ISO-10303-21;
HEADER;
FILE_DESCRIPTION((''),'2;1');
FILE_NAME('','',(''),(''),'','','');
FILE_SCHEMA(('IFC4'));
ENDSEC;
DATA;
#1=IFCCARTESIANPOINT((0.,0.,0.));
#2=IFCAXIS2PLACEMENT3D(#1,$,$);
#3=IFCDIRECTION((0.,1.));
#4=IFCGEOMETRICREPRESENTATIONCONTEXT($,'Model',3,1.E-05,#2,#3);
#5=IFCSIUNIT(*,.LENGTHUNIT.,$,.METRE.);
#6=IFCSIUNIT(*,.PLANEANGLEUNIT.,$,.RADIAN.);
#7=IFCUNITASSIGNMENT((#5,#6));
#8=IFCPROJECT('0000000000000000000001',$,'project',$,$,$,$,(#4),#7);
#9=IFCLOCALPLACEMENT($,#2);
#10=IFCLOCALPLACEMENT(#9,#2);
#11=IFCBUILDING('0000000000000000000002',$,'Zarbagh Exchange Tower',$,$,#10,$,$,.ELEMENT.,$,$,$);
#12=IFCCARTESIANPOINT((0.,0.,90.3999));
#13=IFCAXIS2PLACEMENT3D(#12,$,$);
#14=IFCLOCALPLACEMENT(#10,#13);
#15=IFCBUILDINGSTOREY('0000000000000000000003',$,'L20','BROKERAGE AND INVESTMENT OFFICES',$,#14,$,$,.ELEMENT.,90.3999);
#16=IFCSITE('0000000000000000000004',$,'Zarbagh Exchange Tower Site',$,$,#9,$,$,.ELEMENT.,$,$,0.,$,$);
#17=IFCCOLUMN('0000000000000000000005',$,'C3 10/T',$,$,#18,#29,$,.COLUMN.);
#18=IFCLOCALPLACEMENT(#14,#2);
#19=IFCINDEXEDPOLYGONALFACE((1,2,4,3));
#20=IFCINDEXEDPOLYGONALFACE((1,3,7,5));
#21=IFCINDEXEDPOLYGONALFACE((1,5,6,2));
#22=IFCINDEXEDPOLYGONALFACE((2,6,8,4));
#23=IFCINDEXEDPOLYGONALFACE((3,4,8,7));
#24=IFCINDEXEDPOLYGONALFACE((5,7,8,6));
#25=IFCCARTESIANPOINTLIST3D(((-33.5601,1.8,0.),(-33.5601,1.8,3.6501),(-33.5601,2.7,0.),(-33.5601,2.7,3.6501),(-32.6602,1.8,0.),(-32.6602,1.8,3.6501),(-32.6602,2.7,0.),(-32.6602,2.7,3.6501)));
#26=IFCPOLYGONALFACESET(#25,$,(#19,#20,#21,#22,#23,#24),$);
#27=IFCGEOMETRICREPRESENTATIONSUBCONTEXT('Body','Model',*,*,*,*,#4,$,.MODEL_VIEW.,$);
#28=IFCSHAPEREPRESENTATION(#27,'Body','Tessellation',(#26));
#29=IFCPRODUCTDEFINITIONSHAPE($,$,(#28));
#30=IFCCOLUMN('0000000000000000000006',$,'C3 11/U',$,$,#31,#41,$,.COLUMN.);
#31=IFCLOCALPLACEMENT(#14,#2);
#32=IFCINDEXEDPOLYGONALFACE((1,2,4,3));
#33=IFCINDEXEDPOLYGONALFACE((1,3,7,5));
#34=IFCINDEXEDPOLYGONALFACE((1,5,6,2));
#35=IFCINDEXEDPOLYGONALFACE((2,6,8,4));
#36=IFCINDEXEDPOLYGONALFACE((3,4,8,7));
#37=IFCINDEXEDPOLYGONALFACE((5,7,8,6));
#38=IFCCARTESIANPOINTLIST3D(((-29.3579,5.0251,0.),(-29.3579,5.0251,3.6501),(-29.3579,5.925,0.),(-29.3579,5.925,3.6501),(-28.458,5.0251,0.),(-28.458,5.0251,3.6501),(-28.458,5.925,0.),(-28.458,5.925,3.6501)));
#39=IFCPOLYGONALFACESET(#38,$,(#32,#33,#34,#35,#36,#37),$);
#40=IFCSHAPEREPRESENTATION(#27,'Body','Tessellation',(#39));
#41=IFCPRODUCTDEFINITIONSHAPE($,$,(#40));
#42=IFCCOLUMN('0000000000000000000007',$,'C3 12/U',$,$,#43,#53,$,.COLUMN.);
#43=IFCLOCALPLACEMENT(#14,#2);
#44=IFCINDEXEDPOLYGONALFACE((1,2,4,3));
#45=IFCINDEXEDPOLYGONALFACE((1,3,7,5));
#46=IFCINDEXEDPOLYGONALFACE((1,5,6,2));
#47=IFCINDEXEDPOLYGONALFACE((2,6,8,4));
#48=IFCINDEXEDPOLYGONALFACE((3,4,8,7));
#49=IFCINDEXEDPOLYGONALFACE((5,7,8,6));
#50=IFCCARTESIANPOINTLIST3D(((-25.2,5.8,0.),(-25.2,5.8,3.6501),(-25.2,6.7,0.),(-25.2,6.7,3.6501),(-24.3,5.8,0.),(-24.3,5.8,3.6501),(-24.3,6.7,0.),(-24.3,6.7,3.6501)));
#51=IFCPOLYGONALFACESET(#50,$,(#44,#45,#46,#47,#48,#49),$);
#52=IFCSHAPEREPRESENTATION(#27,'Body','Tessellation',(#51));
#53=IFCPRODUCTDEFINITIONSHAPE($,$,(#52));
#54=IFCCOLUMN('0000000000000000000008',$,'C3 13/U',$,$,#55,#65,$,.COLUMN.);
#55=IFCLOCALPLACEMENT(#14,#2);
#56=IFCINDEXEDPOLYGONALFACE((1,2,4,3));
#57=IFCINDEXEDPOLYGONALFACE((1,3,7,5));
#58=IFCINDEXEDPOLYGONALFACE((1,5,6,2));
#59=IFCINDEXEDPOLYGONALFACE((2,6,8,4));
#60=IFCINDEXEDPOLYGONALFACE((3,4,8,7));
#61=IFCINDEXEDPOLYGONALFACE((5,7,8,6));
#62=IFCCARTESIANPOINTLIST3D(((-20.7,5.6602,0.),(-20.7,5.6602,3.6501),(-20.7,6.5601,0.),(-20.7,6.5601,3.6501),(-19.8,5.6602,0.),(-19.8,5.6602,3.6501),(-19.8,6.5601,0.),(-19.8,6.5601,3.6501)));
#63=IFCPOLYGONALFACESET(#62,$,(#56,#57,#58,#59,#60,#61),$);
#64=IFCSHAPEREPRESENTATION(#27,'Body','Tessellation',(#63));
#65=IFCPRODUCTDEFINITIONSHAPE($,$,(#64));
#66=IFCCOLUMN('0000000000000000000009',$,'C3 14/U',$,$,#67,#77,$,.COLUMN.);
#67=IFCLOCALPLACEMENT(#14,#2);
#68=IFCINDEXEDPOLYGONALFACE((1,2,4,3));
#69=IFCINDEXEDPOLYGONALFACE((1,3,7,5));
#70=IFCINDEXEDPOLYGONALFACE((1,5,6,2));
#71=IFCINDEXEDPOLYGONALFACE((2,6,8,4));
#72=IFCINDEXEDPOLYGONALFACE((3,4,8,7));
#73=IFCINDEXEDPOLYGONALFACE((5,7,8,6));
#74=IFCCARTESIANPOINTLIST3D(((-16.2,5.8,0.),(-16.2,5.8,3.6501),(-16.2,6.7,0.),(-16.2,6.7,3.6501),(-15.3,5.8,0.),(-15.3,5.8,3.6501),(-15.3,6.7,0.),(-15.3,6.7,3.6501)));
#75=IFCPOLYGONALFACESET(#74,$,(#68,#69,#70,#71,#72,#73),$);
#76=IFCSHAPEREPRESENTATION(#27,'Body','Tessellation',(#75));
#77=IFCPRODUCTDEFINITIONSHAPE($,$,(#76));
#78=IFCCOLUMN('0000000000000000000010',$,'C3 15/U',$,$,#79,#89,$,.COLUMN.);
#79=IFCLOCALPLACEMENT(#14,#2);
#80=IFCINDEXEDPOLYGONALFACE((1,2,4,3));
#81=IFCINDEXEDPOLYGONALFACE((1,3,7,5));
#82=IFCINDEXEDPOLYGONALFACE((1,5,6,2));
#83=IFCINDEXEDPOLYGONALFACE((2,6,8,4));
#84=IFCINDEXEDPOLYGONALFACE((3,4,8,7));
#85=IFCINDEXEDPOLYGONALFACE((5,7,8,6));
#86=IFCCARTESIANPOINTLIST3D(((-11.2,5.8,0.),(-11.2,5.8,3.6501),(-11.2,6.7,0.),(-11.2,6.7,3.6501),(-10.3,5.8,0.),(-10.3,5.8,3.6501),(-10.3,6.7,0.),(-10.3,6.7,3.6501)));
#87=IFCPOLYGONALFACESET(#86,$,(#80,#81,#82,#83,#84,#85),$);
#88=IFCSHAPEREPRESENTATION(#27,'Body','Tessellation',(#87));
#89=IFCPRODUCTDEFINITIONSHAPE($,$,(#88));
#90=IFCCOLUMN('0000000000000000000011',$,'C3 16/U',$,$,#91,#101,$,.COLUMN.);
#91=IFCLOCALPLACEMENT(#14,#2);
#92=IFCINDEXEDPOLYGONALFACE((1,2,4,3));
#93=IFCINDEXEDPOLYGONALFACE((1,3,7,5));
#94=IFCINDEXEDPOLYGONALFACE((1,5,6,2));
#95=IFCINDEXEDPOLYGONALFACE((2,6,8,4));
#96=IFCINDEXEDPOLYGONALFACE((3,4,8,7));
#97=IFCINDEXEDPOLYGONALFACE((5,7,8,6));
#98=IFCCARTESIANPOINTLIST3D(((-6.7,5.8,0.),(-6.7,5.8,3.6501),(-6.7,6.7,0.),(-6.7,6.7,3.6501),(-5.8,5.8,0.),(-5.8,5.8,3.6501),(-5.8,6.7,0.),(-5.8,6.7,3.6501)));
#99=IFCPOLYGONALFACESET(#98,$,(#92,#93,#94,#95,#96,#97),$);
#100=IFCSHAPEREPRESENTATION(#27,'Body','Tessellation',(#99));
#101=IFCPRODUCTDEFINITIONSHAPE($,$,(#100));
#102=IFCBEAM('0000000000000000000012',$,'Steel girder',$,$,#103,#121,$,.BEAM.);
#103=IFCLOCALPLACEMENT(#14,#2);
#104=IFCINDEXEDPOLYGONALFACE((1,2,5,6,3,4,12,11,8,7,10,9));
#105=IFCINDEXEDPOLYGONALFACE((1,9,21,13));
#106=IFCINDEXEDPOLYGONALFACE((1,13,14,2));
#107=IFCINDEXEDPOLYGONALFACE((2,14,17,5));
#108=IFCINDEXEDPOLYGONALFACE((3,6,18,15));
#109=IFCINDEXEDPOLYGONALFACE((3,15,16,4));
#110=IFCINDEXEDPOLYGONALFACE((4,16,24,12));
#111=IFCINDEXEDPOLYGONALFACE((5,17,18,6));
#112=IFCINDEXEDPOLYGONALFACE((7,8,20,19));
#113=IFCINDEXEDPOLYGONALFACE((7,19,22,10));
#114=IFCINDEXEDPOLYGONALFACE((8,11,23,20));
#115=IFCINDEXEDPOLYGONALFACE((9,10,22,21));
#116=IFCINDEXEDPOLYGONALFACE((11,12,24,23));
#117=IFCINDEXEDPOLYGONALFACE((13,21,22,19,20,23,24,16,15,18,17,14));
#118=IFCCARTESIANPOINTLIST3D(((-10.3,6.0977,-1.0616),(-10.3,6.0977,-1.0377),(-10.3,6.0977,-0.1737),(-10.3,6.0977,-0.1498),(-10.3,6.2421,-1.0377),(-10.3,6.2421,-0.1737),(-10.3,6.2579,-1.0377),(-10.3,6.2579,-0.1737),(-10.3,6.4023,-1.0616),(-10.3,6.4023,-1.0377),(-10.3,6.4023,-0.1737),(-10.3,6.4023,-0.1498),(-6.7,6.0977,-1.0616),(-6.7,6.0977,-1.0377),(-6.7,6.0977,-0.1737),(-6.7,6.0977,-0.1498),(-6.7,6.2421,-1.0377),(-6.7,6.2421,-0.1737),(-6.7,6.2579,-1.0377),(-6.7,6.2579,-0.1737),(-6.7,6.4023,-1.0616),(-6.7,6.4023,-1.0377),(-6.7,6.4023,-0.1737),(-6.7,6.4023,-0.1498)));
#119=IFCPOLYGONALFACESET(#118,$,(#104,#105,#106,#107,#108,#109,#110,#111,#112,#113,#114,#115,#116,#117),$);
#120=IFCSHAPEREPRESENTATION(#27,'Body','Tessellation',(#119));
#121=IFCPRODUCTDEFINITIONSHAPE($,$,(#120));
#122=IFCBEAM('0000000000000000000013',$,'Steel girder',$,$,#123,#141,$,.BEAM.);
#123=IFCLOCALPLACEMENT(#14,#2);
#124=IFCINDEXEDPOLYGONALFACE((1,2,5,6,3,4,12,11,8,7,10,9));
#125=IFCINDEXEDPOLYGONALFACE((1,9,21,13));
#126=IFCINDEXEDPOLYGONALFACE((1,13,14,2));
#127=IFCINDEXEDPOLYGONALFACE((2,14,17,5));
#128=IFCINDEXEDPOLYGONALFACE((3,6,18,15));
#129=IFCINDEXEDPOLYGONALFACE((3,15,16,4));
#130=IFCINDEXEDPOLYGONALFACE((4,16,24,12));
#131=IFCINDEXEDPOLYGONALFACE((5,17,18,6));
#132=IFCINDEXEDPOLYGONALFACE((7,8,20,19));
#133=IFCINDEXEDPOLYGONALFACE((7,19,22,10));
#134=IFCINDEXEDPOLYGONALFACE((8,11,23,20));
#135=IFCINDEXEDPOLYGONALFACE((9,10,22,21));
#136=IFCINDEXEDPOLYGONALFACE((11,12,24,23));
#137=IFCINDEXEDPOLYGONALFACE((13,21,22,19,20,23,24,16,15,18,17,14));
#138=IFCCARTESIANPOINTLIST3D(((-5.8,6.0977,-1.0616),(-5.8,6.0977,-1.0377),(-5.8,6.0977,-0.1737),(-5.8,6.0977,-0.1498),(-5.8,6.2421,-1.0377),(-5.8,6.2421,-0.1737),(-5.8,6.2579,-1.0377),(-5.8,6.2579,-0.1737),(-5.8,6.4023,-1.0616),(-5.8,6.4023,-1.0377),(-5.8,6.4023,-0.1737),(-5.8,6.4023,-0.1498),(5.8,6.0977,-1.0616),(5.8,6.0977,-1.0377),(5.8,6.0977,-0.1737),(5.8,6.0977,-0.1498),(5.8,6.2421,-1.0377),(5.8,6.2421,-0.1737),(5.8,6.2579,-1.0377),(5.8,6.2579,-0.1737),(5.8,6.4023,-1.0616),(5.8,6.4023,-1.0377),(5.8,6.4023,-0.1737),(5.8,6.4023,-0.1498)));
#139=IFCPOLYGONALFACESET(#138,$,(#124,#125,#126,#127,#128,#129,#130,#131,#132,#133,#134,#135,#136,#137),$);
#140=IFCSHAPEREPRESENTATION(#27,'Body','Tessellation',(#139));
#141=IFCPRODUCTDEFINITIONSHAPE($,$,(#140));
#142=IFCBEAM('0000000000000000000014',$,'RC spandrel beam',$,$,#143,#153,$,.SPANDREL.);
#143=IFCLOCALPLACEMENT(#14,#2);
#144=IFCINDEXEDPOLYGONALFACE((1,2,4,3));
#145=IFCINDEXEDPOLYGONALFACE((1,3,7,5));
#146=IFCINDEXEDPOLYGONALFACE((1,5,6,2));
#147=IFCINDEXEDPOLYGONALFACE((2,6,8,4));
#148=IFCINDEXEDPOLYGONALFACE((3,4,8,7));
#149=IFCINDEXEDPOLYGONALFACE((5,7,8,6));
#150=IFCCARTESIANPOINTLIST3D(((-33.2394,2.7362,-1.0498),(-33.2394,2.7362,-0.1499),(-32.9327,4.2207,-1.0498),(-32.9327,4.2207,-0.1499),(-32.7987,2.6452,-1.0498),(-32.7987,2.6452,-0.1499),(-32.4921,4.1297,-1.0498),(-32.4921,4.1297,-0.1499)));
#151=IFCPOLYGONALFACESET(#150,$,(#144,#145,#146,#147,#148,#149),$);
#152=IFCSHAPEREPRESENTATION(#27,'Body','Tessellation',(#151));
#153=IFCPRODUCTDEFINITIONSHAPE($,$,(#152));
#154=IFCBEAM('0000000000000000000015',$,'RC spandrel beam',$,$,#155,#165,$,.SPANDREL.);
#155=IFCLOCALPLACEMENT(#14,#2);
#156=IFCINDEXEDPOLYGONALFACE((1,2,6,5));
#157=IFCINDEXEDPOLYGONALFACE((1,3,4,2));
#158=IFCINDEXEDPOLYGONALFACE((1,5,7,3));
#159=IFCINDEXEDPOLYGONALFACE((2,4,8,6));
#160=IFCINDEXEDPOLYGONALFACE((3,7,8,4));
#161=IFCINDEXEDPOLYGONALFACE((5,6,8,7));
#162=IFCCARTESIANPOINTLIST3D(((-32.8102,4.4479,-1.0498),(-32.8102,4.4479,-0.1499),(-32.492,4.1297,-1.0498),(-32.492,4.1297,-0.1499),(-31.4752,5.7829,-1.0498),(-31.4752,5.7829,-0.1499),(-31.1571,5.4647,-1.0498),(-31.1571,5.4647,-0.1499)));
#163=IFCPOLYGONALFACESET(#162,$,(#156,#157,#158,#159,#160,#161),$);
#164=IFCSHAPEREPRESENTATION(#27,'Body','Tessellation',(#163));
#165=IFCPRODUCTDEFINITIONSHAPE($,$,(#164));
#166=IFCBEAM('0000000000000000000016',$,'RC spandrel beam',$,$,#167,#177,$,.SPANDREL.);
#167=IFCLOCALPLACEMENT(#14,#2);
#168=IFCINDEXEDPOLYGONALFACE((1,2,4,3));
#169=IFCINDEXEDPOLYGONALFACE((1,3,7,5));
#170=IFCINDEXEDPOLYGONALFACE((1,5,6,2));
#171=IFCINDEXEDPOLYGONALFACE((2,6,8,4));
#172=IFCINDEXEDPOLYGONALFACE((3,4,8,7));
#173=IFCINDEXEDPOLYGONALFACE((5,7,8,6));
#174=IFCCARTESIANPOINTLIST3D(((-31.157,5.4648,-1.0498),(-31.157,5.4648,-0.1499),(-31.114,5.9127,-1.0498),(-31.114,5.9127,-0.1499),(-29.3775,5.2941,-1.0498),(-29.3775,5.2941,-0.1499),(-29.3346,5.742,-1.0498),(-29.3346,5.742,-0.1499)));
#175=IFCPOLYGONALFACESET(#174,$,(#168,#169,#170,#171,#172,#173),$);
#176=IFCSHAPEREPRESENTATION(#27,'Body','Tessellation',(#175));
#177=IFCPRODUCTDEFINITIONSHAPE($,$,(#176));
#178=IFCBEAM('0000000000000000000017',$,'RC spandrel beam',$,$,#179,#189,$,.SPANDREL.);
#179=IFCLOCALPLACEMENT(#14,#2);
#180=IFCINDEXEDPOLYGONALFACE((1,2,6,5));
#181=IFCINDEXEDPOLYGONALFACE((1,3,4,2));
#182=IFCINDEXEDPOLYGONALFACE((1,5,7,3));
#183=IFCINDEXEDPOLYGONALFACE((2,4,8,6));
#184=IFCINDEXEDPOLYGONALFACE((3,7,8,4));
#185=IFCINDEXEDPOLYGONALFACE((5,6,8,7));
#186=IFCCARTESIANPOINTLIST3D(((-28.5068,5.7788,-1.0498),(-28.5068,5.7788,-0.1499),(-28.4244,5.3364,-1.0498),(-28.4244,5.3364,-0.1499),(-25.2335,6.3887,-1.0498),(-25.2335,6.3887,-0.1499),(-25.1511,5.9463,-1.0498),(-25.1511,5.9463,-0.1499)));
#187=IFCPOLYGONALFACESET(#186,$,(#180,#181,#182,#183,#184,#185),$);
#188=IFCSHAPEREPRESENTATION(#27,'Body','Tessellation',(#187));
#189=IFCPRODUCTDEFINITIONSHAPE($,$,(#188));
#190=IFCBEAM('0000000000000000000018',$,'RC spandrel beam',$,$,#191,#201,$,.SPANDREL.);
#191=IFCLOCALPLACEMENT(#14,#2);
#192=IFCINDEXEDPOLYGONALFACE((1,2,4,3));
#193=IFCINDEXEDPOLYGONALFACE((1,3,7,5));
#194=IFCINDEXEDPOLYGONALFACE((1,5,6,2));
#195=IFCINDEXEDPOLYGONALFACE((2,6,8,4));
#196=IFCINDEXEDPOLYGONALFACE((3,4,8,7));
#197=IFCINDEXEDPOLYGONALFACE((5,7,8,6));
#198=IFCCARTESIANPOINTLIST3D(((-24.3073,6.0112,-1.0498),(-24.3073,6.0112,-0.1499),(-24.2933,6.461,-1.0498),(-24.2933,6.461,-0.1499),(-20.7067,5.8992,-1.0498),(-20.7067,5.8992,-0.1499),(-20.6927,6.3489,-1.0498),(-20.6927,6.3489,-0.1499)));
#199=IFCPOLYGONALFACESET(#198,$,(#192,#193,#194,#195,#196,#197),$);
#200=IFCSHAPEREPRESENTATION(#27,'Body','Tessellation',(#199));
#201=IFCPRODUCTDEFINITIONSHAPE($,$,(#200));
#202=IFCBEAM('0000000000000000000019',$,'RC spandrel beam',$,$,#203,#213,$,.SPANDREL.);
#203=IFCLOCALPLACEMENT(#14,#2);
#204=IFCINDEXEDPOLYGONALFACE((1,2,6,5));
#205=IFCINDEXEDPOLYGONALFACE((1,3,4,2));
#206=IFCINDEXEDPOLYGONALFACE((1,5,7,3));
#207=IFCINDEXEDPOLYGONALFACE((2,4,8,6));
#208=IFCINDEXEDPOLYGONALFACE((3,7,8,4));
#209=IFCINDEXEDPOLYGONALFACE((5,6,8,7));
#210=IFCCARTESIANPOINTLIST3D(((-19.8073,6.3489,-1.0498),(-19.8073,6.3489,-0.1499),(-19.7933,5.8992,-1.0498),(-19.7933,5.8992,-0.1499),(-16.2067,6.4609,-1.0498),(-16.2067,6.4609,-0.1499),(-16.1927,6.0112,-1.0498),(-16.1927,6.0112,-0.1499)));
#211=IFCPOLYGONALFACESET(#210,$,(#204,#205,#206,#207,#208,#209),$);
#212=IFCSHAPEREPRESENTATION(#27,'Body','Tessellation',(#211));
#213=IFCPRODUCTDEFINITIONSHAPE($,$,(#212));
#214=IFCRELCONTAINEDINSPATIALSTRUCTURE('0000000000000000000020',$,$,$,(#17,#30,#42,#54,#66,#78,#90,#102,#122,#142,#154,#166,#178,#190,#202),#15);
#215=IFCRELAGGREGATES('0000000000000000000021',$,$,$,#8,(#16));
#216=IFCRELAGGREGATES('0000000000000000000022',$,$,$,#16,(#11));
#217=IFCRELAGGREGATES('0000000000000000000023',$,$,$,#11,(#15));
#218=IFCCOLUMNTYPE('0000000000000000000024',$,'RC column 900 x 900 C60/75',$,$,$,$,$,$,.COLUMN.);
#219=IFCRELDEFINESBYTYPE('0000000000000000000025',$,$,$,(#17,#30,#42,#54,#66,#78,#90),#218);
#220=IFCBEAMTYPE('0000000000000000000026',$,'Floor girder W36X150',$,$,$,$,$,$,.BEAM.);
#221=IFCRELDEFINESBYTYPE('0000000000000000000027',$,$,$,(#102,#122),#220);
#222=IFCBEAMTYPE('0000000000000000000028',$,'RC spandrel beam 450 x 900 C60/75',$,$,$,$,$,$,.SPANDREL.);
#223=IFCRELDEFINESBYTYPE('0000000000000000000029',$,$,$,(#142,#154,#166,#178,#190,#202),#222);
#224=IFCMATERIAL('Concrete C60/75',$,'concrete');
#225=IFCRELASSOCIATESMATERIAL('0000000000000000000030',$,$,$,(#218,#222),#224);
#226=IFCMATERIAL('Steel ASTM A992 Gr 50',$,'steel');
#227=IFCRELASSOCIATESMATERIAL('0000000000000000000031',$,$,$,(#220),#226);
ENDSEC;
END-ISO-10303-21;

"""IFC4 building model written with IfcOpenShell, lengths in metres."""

from ifc_helpers import new_model, si_unit, direction, frame, origin, origin_2d, place, context, subcontext, project, spatial, rectangle, i_section, extrude, material, material_profile, profile_set, type_object, element, save


model = new_model("IFC4")

# Units and contexts
model_context = context("Model", 3, precision=1e-05, world=origin(), true_north=direction((0.0, 1.0)))
body_context = subcontext(model_context, "Body", "Model", "MODEL_VIEW")
ifc_project = project(units=[si_unit("LENGTHUNIT", "METRE"), si_unit("PLANEANGLEUNIT", "RADIAN")], contexts=[model_context])

# Site, building, storey
site_placement = place(None, origin())
site = spatial("IfcSite", under=ifc_project, at=site_placement, Name="Zarbagh Exchange Tower Site", CompositionType="ELEMENT", RefElevation=0.0)
building_placement = place(site_placement, origin())
building = spatial("IfcBuilding", under=site, at=building_placement, Name="Zarbagh Exchange Tower", CompositionType="ELEMENT")
storey_placement = place(building_placement, frame((0.0, 0.0, 90.3999)))
storey = spatial("IfcBuildingStorey", under=building, at=storey_placement, Name="L20", Description="BROKERAGE AND INVESTMENT OFFICES", CompositionType="ELEMENT", Elevation=90.3999)

# Columns
ifc_material_1 = material(Name="Concrete C60/75", Category="concrete")
ifc_material_profile_1 = material_profile(ifc_material_1, rectangle(XDim=0.8999, YDim=0.8999, at=origin_2d()), Name="RC column 900 x 900 C60/75")
ifc_profile_set_1 = profile_set([ifc_material_profile_1], Name="Concrete C60/75")
column_type = type_object("IfcColumnType", Name="RC column 900 x 900 C60/75", PredefinedType="COLUMN", material=ifc_profile_set_1)
for number, where, z_axis, x_axis, name in (
    (1, (-33.1101, 2.25, 0.0), (0.0, 0.0, 1.0), (1.0, 0.0, 0.0), "C3 10/T"),
    (2, (-28.908, 5.4751, 0.0), (0.0, 0.0, 1.0), (1.0, 0.0, 0.0), "C3 11/U"),
    (3, (-24.75, 6.25, 0.0), (0.0, 0.0, 1.0), (1.0, 0.0, 0.0), "C3 12/U"),
    (4, (-20.25, 6.1101, 0.0), (0.0, 0.0, 1.0), (1.0, 0.0, 0.0), "C3 13/U"),
    (5, (-15.75, 6.25, 0.0), (0.0, 0.0, 1.0), (1.0, 0.0, 0.0), "C3 14/U"),
    (6, (-10.75, 6.25, 0.0), (0.0, 0.0, 1.0), (1.0, 0.0, 0.0), "C3 15/U"),
    (7, (-6.25, 6.25, 0.0), (0.0, 0.0, 1.0), (1.0, 0.0, 0.0), "C3 16/U"),
):
    element("IfcColumn", number, at=place(storey_placement, frame(where, z_axis=z_axis, x_axis=x_axis)), inside=storey, type_object=column_type, Name=name, PredefinedType="COLUMN", context=body_context, shape_type="SweptSolid", body=[
        extrude(rectangle(XDim=0.8999, YDim=0.8999, at=origin_2d()), origin(), (0.0, 0.0, 1.0), 3.6501),
    ])

# Beams
ifc_material_2 = material(Name="Steel ASTM A992 Gr 50", Category="steel")
ifc_material_profile_2 = material_profile(ifc_material_2, i_section(OverallWidth=0.3047, OverallDepth=0.9119, WebThickness=0.0159, FlangeThickness=0.0239, at=origin_2d()), Name="W36X150")
ifc_profile_set_2 = profile_set([ifc_material_profile_2], Name="Steel ASTM A992 Gr 50")
beam_type_1 = type_object("IfcBeamType", Name="Floor girder W36X150", PredefinedType="BEAM", material=ifc_profile_set_2)
beam_1_placement = place(storey_placement, frame((-10.3, 6.25, -0.6057), z_axis=(1.0, 0.0, 0.0), x_axis=(0.0, 1.0, 0.0)))
element("IfcBeam", 8, at=beam_1_placement, inside=storey, type_object=beam_type_1, Name="Steel girder", PredefinedType="BEAM", context=body_context, shape_type="SweptSolid", body=[
    extrude(i_section(OverallWidth=0.3047, OverallDepth=0.9119, WebThickness=0.0159, FlangeThickness=0.0239, at=origin_2d()), origin(), (0.0, 0.0, 1.0), 3.6001),
])
beam_2_placement = place(storey_placement, frame((-5.8, 6.25, -0.6057), z_axis=(1.0, 0.0, 0.0), x_axis=(0.0, 1.0, 0.0)))
element("IfcBeam", 9, at=beam_2_placement, inside=storey, type_object=beam_type_1, Name="Steel girder", PredefinedType="BEAM", context=body_context, shape_type="SweptSolid", body=[
    extrude(i_section(OverallWidth=0.3047, OverallDepth=0.9119, WebThickness=0.0159, FlangeThickness=0.0239, at=origin_2d()), origin(), (0.0, 0.0, 1.0), 11.6001),
])
ifc_material_profile_3 = material_profile(ifc_material_1, rectangle(XDim=0.45, YDim=0.8999, at=origin_2d()), Name="RC spandrel beam 450 x 900 C60/75")
ifc_profile_set_3 = profile_set([ifc_material_profile_3], Name="Concrete C60/75")
beam_type_2 = type_object("IfcBeamType", Name="RC spandrel beam 450 x 900 C60/75", PredefinedType="SPANDREL", material=ifc_profile_set_3)
beam_3_placement = place(storey_placement, frame((-33.019, 2.6907, -0.5999), z_axis=(0.202275, 0.979329, 0.0), x_axis=(-0.979329, 0.202275, 0.0)))
element("IfcBeam", 10, at=beam_3_placement, inside=storey, type_object=beam_type_2, Name="RC spandrel beam", PredefinedType="SPANDREL", context=body_context, shape_type="SweptSolid", body=[
    extrude(rectangle(XDim=0.45, YDim=0.8999, at=origin_2d()), origin(), (0.0, 0.0, 1.0), 1.5159),
])
beam_4_placement = place(storey_placement, frame((-32.6511, 4.2888, -0.5999), z_axis=(0.707107, 0.707107, 0.0), x_axis=(-0.707107, 0.707107, 0.0)))
element("IfcBeam", 11, at=beam_4_placement, inside=storey, type_object=beam_type_2, Name="RC spandrel beam", PredefinedType="SPANDREL", context=body_context, shape_type="SweptSolid", body=[
    extrude(rectangle(XDim=0.45, YDim=0.8999, at=origin_2d()), origin(), (0.0, 0.0, 1.0), 1.8879),
])
beam_5_placement = place(storey_placement, frame((-31.1355, 5.6887, -0.5999), z_axis=(0.995433, -0.09546, 0.0), x_axis=(0.09546, 0.995433, 0.0)))
element("IfcBeam", 12, at=beam_5_placement, inside=storey, type_object=beam_type_2, Name="RC spandrel beam", PredefinedType="SPANDREL", context=body_context, shape_type="SweptSolid", body=[
    extrude(rectangle(XDim=0.45, YDim=0.8999, at=origin_2d()), origin(), (0.0, 0.0, 1.0), 1.7876),
])
beam_6_placement = place(storey_placement, frame((-28.4656, 5.5576, -0.5999), z_axis=(0.983082, 0.183168, 0.0), x_axis=(-0.183168, 0.983082, 0.0)))
element("IfcBeam", 13, at=beam_6_placement, inside=storey, type_object=beam_type_2, Name="RC spandrel beam", PredefinedType="SPANDREL", context=body_context, shape_type="SweptSolid", body=[
    extrude(rectangle(XDim=0.45, YDim=0.8999, at=origin_2d()), origin(), (0.0, 0.0, 1.0), 3.3296),
])
for number, where, z_axis, x_axis, name in (
    (14, (-24.3003, 6.2361, -0.5999), (0.999516, -0.031108, 0.0), (0.031108, 0.999516, 0.0), "RC spandrel beam"),
    (15, (-19.8003, 6.124, -0.5999), (0.999516, 0.031108, 0.0), (-0.031108, 0.999516, 0.0), "RC spandrel beam"),
):
    element("IfcBeam", number, at=place(storey_placement, frame(where, z_axis=z_axis, x_axis=x_axis)), inside=storey, type_object=beam_type_2, Name=name, PredefinedType="SPANDREL", context=body_context, shape_type="SweptSolid", body=[
        extrude(rectangle(XDim=0.45, YDim=0.8999, at=origin_2d()), origin(), (0.0, 0.0, 1.0), 3.6023),
    ])

save(model, "model.ifc")
